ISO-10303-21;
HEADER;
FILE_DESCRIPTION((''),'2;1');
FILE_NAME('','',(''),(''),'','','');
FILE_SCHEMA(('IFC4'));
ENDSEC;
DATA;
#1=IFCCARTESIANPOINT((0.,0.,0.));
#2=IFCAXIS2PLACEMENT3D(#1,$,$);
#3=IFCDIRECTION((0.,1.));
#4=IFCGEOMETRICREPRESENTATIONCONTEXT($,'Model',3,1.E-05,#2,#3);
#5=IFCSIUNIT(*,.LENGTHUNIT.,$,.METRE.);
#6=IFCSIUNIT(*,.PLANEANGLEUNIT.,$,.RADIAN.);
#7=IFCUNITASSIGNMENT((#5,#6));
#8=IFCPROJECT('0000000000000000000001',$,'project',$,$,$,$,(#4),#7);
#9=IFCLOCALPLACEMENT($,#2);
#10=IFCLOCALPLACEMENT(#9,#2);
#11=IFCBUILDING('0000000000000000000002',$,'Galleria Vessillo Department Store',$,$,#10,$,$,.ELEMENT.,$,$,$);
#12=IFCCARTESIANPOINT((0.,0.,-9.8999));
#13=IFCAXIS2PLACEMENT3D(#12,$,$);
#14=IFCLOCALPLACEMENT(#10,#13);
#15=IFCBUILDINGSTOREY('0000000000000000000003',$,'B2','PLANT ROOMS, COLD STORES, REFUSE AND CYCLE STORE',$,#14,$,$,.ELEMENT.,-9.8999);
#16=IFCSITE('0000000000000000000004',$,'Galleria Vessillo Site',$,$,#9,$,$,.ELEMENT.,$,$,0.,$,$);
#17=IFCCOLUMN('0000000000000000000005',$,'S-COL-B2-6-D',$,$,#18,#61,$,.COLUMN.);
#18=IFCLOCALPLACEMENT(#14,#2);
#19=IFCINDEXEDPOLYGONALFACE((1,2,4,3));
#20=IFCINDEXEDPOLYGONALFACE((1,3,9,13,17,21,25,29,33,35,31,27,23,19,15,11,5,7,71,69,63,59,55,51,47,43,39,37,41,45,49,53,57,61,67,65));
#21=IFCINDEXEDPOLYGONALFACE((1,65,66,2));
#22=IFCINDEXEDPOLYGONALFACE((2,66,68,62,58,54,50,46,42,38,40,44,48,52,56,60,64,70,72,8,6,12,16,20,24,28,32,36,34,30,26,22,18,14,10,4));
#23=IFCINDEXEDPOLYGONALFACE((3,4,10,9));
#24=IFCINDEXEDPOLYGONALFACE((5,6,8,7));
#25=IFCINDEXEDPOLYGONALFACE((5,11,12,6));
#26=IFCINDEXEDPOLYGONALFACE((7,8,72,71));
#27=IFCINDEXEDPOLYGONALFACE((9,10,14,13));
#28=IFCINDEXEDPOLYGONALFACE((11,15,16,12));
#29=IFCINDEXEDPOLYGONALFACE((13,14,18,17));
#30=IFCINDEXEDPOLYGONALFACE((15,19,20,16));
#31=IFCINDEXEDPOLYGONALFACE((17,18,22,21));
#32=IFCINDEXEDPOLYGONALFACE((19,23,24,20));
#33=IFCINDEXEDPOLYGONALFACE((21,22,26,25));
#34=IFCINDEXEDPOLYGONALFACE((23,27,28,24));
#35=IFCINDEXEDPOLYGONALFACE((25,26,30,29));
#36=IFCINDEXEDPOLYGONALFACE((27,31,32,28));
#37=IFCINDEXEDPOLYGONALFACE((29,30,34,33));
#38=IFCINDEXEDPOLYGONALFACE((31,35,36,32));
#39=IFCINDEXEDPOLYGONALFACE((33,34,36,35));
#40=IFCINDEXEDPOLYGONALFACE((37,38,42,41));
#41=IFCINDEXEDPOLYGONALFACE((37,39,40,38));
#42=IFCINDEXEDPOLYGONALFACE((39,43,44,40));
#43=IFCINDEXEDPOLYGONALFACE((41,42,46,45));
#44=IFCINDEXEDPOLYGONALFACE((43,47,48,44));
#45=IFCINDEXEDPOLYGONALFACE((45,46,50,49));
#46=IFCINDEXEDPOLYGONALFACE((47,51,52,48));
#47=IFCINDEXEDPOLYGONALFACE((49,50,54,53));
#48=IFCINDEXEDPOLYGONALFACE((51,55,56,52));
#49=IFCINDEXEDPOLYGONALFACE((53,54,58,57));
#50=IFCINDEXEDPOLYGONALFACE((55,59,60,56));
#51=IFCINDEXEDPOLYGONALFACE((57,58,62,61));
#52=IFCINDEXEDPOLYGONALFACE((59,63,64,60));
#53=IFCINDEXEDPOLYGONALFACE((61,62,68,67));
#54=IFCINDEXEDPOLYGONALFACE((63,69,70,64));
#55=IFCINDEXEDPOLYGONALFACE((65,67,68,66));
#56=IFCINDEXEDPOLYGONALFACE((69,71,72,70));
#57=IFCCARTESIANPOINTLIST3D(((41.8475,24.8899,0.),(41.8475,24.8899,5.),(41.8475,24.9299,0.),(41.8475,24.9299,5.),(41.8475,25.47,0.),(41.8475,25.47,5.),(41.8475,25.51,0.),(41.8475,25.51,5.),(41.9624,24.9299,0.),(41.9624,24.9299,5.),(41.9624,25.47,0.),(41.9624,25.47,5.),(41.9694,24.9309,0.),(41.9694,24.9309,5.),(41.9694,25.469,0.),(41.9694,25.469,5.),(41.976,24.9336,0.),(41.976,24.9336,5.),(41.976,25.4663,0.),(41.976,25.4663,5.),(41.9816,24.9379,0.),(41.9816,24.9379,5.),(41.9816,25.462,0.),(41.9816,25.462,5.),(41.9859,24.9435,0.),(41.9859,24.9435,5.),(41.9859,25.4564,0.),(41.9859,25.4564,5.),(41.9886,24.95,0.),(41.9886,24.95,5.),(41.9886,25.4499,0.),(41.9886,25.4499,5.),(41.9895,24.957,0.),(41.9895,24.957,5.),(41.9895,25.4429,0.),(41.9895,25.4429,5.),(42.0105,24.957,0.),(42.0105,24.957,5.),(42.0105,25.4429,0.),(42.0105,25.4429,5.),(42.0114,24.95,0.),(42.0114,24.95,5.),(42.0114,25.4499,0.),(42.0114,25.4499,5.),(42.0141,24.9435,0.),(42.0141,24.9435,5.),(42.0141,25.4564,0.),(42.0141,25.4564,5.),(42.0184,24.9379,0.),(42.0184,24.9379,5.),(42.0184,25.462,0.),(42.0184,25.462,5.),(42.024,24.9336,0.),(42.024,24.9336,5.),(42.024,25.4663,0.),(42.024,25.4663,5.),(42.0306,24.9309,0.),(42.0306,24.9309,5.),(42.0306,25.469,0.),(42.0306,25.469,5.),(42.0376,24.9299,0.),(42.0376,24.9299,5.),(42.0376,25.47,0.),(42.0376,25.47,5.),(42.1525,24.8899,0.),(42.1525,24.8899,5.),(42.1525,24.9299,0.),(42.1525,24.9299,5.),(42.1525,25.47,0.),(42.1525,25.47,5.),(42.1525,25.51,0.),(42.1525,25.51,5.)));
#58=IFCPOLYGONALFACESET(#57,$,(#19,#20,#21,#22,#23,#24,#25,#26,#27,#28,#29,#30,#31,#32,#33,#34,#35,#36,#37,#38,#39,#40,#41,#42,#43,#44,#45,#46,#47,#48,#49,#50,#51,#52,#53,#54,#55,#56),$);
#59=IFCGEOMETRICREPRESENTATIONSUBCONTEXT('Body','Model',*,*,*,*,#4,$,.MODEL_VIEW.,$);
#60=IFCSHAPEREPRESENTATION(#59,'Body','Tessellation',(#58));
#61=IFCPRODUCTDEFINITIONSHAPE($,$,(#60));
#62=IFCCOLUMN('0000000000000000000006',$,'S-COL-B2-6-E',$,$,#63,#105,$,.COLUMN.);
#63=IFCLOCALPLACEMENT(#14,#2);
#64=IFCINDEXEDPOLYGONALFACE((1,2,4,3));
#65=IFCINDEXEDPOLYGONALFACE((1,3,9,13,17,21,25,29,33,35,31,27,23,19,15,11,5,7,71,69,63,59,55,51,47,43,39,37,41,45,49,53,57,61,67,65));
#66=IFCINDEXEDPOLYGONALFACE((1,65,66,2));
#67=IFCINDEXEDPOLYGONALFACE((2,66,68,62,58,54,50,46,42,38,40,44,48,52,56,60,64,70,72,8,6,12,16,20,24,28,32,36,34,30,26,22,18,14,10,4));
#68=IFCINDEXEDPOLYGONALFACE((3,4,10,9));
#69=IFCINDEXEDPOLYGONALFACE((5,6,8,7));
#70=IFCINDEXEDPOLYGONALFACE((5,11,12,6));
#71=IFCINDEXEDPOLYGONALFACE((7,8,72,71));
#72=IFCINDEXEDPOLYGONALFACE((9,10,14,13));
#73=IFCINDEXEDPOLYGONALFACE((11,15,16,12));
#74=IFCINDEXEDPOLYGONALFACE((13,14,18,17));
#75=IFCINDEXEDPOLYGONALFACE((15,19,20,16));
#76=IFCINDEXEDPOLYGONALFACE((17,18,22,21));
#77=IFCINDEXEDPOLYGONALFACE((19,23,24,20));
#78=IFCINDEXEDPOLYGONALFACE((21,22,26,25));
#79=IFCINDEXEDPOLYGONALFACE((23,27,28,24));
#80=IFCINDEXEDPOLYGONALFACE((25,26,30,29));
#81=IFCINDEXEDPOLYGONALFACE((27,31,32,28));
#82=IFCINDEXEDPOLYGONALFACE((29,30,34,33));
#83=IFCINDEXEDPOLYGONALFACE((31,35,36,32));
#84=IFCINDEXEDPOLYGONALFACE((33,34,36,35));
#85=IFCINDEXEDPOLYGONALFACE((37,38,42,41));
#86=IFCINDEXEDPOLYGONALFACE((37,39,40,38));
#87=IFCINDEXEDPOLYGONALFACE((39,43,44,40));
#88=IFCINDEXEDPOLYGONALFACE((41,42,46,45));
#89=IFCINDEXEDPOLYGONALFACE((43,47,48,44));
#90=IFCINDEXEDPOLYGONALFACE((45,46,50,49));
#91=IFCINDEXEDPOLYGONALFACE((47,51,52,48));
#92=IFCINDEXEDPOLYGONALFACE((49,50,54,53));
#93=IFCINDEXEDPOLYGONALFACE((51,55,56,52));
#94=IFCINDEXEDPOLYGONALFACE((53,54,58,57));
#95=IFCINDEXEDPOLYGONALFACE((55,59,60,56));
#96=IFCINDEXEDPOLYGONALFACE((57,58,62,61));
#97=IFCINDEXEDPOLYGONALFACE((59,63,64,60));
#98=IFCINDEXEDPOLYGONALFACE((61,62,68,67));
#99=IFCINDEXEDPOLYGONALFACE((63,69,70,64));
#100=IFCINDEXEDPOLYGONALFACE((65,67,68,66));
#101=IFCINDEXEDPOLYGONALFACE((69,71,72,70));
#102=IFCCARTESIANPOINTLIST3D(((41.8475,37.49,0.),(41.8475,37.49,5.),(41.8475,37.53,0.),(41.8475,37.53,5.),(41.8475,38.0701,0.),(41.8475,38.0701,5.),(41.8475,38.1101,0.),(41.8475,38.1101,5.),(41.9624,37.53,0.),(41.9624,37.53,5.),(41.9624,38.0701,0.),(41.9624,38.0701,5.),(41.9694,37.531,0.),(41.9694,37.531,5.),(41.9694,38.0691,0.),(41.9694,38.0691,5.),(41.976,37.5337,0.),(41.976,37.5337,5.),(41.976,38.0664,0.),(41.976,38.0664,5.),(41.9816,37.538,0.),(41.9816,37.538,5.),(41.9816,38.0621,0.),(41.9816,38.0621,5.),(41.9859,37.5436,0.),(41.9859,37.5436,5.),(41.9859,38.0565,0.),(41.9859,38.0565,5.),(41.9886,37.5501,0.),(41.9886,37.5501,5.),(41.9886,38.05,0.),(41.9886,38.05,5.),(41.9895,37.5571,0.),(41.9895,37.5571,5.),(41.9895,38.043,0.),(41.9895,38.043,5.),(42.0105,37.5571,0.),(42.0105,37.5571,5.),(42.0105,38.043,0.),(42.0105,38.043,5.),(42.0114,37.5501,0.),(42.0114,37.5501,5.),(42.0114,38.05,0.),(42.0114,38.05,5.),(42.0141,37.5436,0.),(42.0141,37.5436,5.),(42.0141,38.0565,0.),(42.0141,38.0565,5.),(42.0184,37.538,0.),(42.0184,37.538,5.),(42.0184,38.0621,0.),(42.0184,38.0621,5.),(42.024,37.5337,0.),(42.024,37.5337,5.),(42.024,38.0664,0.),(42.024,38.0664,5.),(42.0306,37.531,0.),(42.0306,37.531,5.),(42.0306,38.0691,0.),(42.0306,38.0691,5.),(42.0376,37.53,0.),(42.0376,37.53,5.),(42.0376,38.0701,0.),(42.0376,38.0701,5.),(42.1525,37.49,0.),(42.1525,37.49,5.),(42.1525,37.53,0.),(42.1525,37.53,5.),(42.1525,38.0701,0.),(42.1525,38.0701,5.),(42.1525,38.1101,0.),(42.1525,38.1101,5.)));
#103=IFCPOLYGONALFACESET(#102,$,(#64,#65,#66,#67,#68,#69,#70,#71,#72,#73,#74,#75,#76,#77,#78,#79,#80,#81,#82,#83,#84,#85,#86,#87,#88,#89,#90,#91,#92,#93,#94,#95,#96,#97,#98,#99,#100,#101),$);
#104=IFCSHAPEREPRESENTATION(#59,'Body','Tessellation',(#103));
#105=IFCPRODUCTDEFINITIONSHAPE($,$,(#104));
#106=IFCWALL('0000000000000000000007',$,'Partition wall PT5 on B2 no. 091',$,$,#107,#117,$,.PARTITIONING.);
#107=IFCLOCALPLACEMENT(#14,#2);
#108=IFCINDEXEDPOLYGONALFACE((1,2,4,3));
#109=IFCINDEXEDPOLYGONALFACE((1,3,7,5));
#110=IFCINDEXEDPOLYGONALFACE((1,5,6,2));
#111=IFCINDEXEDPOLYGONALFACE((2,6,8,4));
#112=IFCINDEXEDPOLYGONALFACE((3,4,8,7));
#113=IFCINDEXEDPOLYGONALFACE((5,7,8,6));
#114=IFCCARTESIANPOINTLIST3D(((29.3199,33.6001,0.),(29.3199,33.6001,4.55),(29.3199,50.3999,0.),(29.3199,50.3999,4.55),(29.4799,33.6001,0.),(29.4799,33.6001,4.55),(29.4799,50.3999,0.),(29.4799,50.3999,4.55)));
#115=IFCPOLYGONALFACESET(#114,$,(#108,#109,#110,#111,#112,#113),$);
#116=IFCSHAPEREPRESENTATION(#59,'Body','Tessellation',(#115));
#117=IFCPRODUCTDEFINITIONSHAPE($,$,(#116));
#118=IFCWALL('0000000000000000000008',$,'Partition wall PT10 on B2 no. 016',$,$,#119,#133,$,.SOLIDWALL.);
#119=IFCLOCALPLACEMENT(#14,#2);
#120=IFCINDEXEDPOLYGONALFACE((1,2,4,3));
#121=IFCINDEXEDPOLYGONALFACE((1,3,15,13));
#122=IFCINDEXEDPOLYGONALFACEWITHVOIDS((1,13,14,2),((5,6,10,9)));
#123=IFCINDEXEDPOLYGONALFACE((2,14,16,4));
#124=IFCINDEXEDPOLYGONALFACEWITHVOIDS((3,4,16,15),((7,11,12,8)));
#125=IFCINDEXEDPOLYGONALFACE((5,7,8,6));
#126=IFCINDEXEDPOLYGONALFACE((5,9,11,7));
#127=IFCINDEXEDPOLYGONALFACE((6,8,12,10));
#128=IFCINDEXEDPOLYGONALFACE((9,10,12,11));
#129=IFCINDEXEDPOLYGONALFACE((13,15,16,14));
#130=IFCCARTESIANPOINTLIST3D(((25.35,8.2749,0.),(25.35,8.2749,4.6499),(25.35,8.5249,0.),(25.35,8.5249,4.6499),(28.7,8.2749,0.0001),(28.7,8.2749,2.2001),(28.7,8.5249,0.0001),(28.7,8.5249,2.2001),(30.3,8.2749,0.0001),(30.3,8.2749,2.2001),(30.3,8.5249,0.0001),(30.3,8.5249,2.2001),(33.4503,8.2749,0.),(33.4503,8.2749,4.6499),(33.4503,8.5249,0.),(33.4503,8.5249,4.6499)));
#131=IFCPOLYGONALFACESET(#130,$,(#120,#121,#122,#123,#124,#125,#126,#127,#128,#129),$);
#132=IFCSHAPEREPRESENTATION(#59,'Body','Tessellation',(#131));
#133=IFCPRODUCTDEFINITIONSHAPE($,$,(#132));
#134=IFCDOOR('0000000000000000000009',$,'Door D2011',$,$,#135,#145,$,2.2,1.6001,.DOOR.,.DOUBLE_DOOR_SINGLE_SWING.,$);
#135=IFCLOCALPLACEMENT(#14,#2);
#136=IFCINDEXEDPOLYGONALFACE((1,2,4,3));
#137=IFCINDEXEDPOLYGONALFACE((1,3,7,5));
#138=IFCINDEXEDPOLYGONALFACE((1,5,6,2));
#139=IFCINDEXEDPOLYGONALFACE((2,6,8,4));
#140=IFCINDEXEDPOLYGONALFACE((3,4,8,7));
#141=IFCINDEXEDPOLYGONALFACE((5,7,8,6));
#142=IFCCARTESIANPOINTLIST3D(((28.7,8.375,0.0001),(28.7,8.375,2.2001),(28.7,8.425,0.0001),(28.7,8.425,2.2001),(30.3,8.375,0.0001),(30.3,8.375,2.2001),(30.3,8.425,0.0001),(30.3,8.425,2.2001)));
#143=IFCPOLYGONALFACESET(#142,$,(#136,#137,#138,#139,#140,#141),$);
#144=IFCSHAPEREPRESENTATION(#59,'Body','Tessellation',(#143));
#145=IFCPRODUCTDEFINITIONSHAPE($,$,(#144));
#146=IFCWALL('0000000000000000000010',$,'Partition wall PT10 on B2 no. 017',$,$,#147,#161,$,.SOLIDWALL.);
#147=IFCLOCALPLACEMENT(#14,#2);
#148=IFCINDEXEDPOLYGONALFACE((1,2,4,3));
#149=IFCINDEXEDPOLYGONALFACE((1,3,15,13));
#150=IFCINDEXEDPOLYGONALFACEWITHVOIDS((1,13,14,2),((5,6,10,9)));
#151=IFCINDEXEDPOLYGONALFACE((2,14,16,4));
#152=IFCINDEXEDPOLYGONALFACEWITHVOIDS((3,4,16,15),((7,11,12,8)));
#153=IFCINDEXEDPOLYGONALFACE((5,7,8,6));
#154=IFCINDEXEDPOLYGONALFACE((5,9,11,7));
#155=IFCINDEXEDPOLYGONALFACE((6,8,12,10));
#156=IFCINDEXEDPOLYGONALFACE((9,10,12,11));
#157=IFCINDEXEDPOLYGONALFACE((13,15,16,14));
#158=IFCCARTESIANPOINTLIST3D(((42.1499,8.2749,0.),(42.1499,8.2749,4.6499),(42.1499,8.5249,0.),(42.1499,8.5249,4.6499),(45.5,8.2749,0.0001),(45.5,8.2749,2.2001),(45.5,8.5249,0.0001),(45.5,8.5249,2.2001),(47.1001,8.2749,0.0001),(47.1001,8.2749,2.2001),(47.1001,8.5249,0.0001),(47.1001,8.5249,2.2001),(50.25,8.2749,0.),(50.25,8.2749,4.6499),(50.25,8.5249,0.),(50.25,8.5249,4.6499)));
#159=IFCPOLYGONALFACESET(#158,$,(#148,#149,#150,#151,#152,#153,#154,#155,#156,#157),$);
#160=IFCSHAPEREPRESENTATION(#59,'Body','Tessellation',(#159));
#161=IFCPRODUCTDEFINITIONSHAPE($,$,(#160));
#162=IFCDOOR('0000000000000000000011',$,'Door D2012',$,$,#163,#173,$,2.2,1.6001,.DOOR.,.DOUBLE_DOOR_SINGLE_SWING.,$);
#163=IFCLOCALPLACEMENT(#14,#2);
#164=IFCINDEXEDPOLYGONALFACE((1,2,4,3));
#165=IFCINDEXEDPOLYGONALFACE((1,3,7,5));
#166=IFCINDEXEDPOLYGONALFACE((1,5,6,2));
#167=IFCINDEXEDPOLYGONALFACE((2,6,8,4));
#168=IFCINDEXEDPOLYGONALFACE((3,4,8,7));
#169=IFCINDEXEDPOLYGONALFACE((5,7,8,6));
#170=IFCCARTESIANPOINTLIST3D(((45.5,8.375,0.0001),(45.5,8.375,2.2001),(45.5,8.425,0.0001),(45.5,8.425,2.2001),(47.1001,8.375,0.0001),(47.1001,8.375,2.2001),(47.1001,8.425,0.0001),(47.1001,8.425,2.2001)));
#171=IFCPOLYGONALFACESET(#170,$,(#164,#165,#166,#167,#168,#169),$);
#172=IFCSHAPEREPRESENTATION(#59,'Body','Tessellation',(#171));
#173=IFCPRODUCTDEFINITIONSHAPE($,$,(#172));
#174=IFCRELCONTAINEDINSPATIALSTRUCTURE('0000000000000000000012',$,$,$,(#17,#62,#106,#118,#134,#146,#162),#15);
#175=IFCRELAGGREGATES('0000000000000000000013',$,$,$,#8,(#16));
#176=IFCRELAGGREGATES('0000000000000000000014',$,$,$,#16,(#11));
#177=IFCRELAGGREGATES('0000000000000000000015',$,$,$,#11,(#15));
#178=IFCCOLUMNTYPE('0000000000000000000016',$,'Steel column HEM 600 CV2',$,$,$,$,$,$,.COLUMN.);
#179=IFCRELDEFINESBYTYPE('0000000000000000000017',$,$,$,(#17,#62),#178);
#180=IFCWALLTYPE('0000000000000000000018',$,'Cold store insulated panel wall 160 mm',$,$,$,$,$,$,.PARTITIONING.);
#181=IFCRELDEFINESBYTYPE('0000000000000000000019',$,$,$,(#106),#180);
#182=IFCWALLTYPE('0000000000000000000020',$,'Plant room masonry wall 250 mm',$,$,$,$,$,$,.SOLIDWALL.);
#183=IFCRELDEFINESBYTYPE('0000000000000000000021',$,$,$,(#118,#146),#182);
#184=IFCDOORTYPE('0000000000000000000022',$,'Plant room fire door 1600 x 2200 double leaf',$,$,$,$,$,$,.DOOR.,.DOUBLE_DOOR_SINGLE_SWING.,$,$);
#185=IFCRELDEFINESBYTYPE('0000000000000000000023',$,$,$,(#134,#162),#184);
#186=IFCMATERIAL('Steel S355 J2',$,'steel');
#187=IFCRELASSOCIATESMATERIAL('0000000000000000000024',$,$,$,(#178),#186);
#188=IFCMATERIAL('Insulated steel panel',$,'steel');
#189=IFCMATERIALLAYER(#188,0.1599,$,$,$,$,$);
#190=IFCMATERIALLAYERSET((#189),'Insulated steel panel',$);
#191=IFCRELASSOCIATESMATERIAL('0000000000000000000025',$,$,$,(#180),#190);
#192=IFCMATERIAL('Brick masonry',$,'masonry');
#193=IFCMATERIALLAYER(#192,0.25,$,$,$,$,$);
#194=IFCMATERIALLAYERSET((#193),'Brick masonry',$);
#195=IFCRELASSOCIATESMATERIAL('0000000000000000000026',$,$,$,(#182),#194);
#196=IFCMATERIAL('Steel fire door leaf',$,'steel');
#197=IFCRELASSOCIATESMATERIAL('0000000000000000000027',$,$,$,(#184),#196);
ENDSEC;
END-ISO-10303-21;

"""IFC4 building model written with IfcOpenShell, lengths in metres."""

from ifc_helpers import new_model, si_unit, direction, frame, frame_2d, origin, origin_2d, place, context, subcontext, project, spatial, rectangle, i_section, extrude, material, layer, layer_set, material_profile, profile_set, type_object, element, fill, save


model = new_model("IFC4")

# Units and contexts
model_context = context("Model", 3, precision=1e-05, world=origin(), true_north=direction((0.0, 1.0)))
body_context = subcontext(model_context, "Body", "Model", "MODEL_VIEW")
ifc_project = project(units=[si_unit("LENGTHUNIT", "METRE"), si_unit("PLANEANGLEUNIT", "RADIAN")], contexts=[model_context])

# Site, building, storey
site_placement = place(None, origin())
site = spatial("IfcSite", under=ifc_project, at=site_placement, Name="Galleria Vessillo Site", CompositionType="ELEMENT", RefElevation=0.0)
building_placement = place(site_placement, origin())
building = spatial("IfcBuilding", under=site, at=building_placement, Name="Galleria Vessillo Department Store", CompositionType="ELEMENT")
storey_placement = place(building_placement, frame((0.0, 0.0, -9.8999)))
storey = spatial("IfcBuildingStorey", under=building, at=storey_placement, Name="B2", Description="PLANT ROOMS, COLD STORES, REFUSE AND CYCLE STORE", CompositionType="ELEMENT", Elevation=-9.8999)

# Columns
ifc_material_1 = material(Name="Steel S355 J2", Category="steel")
ifc_material_profile_1 = material_profile(ifc_material_1, i_section(OverallWidth=0.3049, OverallDepth=0.6201, WebThickness=0.021, FlangeThickness=0.04, FilletRadius=0.0271, at=origin_2d()), Name="HEM 600")
ifc_profile_set_1 = profile_set([ifc_material_profile_1], Name="Steel S355 J2")
column_type_1 = type_object("IfcColumnType", Name="Steel column HEM 600 CV2", PredefinedType="COLUMN", material=ifc_profile_set_1)
for number, where, z_axis, x_axis, name in (
    (1, (42.0, 25.2, 0.0), (0.0, 0.0, 1.0), (1.0, 0.0, 0.0), "S-COL-B2-6-D"),
    (2, (42.0, 37.8, 0.0), (0.0, 0.0, 1.0), (1.0, 0.0, 0.0), "S-COL-B2-6-E"),
):
    element("IfcColumn", number, at=place(storey_placement, frame(where, z_axis=z_axis, x_axis=x_axis)), inside=storey, type_object=column_type_1, Name=name, PredefinedType="COLUMN", context=body_context, shape_type="SweptSolid", body=[
        extrude(i_section(OverallWidth=0.3049, OverallDepth=0.6201, WebThickness=0.021, FlangeThickness=0.04, FilletRadius=0.0271, at=origin_2d()), origin(), (0.0, 0.0, 1.0), 5.0),
    ])

# Wall
ifc_material_2 = material(Name="Insulated steel panel", Category="steel")
ifc_layer_1 = layer(ifc_material_2, 0.1599)
ifc_layer_set_1 = layer_set([ifc_layer_1], Name="Insulated steel panel")
wall_type_1 = type_object("IfcWallType", Name="Cold store insulated panel wall 160 mm", PredefinedType="PARTITIONING", material=ifc_layer_set_1)
wall_1_placement = place(storey_placement, frame((29.3999, 33.6001, 0.0), z_axis=(0.0, 0.0, 1.0), x_axis=(0.0, 1.0, 0.0)))
element("IfcWall", 3, at=wall_1_placement, inside=storey, type_object=wall_type_1, Name="Partition wall PT5 on B2 no. 091", PredefinedType="PARTITIONING", context=body_context, shape_type="SweptSolid", body=[
    extrude(rectangle(XDim=16.7998, YDim=0.1599, at=frame_2d((8.3999, 0.0))), origin(), (0.0, 0.0, 1.0), 4.55),
])

# Walls, openings, doors
ifc_material_3 = material(Name="Brick masonry", Category="masonry")
ifc_layer_2 = layer(ifc_material_3, 0.25)
ifc_layer_set_2 = layer_set([ifc_layer_2], Name="Brick masonry")
wall_type_2 = type_object("IfcWallType", Name="Plant room masonry wall 250 mm", PredefinedType="SOLIDWALL", material=ifc_layer_set_2)
wall_2_placement = place(storey_placement, frame((25.3499, 8.3999, 0.0), z_axis=(0.0, 0.0, 1.0), x_axis=(1.0, 0.0, 0.0)))
wall_2 = element("IfcWall", 4, at=wall_2_placement, inside=storey, type_object=wall_type_2, Name="Partition wall PT10 on B2 no. 016", PredefinedType="SOLIDWALL", context=body_context, shape_type="SweptSolid", body=[
    extrude(rectangle(XDim=8.1003, YDim=0.25, at=frame_2d((4.0503, 0.0))), origin(), (0.0, 0.0, 1.0), 4.6499),
])
opening_1_placement = place(wall_2_placement, frame((3.3501, 0.0, 0.0)))
opening_1 = element("IfcOpeningElement", 5, at=opening_1_placement, cuts=wall_2, PredefinedType="OPENING", context=body_context, shape_type="SweptSolid", body=[
    extrude(rectangle(XDim=1.6001, YDim=2.2, at=frame_2d((0.8, 1.1001))), frame((0.0, 0.135, 0.0), z_axis=(0.0, -1.0, 0.0), x_axis=(1.0, 0.0, 0.0)), (0.0, 0.0, 1.0), 0.27),
])
ifc_material_4 = material(Name="Steel fire door leaf", Category="steel")
door_type_1 = type_object("IfcDoorType", Name="Plant room fire door 1600 x 2200 double leaf", OperationType="DOUBLE_DOOR_SINGLE_SWING", PredefinedType="DOOR", material=ifc_material_4)
door_1_placement = place(opening_1_placement, frame((1.6001, 0.0, 0.0), z_axis=(0.0, 0.0, 1.0), x_axis=(-1.0, 0.0, 0.0)))
door_1 = element("IfcDoor", 6, at=door_1_placement, inside=storey, type_object=door_type_1, Name="Door D2011", OperationType="DOUBLE_DOOR_SINGLE_SWING", OverallHeight=2.2, OverallWidth=1.6001, PredefinedType="DOOR", context=body_context, shape_type="SweptSolid", body=[
    extrude(rectangle(XDim=1.6001, YDim=2.2, at=frame_2d((0.8, 1.1001))), frame((0.0, 0.0249, 0.0), z_axis=(0.0, -1.0, 0.0), x_axis=(1.0, 0.0, 0.0)), (0.0, 0.0, 1.0), 0.05),
])
fill(opening_1, door_1)
wall_3_placement = place(storey_placement, frame((42.1499, 8.3999, 0.0), z_axis=(0.0, 0.0, 1.0), x_axis=(1.0, 0.0, 0.0)))
wall_3 = element("IfcWall", 7, at=wall_3_placement, inside=storey, type_object=wall_type_2, Name="Partition wall PT10 on B2 no. 017", PredefinedType="SOLIDWALL", context=body_context, shape_type="SweptSolid", body=[
    extrude(rectangle(XDim=8.1001, YDim=0.25, at=frame_2d((4.05, 0.0))), origin(), (0.0, 0.0, 1.0), 4.6499),
])
opening_2_placement = place(wall_3_placement, frame((3.3501, 0.0, 0.0)))
opening_2 = element("IfcOpeningElement", 8, at=opening_2_placement, cuts=wall_3, PredefinedType="OPENING", context=body_context, shape_type="SweptSolid", body=[
    extrude(rectangle(XDim=1.6001, YDim=2.2, at=frame_2d((0.8, 1.1001))), frame((0.0, 0.135, 0.0), z_axis=(0.0, -1.0, 0.0), x_axis=(1.0, 0.0, 0.0)), (0.0, 0.0, 1.0), 0.27),
])
door_2_placement = place(opening_2_placement, frame((1.6001, 0.0, 0.0), z_axis=(0.0, 0.0, 1.0), x_axis=(-1.0, 0.0, 0.0)))
door_2 = element("IfcDoor", 9, at=door_2_placement, inside=storey, type_object=door_type_1, Name="Door D2012", OperationType="DOUBLE_DOOR_SINGLE_SWING", OverallHeight=2.2, OverallWidth=1.6001, PredefinedType="DOOR", context=body_context, shape_type="SweptSolid", body=[
    extrude(rectangle(XDim=1.6001, YDim=2.2, at=frame_2d((0.8, 1.1001))), frame((0.0, 0.0249, 0.0), z_axis=(0.0, -1.0, 0.0), x_axis=(1.0, 0.0, 0.0)), (0.0, 0.0, 1.0), 0.05),
])
fill(opening_2, door_2)

save(model, "model.ifc")
